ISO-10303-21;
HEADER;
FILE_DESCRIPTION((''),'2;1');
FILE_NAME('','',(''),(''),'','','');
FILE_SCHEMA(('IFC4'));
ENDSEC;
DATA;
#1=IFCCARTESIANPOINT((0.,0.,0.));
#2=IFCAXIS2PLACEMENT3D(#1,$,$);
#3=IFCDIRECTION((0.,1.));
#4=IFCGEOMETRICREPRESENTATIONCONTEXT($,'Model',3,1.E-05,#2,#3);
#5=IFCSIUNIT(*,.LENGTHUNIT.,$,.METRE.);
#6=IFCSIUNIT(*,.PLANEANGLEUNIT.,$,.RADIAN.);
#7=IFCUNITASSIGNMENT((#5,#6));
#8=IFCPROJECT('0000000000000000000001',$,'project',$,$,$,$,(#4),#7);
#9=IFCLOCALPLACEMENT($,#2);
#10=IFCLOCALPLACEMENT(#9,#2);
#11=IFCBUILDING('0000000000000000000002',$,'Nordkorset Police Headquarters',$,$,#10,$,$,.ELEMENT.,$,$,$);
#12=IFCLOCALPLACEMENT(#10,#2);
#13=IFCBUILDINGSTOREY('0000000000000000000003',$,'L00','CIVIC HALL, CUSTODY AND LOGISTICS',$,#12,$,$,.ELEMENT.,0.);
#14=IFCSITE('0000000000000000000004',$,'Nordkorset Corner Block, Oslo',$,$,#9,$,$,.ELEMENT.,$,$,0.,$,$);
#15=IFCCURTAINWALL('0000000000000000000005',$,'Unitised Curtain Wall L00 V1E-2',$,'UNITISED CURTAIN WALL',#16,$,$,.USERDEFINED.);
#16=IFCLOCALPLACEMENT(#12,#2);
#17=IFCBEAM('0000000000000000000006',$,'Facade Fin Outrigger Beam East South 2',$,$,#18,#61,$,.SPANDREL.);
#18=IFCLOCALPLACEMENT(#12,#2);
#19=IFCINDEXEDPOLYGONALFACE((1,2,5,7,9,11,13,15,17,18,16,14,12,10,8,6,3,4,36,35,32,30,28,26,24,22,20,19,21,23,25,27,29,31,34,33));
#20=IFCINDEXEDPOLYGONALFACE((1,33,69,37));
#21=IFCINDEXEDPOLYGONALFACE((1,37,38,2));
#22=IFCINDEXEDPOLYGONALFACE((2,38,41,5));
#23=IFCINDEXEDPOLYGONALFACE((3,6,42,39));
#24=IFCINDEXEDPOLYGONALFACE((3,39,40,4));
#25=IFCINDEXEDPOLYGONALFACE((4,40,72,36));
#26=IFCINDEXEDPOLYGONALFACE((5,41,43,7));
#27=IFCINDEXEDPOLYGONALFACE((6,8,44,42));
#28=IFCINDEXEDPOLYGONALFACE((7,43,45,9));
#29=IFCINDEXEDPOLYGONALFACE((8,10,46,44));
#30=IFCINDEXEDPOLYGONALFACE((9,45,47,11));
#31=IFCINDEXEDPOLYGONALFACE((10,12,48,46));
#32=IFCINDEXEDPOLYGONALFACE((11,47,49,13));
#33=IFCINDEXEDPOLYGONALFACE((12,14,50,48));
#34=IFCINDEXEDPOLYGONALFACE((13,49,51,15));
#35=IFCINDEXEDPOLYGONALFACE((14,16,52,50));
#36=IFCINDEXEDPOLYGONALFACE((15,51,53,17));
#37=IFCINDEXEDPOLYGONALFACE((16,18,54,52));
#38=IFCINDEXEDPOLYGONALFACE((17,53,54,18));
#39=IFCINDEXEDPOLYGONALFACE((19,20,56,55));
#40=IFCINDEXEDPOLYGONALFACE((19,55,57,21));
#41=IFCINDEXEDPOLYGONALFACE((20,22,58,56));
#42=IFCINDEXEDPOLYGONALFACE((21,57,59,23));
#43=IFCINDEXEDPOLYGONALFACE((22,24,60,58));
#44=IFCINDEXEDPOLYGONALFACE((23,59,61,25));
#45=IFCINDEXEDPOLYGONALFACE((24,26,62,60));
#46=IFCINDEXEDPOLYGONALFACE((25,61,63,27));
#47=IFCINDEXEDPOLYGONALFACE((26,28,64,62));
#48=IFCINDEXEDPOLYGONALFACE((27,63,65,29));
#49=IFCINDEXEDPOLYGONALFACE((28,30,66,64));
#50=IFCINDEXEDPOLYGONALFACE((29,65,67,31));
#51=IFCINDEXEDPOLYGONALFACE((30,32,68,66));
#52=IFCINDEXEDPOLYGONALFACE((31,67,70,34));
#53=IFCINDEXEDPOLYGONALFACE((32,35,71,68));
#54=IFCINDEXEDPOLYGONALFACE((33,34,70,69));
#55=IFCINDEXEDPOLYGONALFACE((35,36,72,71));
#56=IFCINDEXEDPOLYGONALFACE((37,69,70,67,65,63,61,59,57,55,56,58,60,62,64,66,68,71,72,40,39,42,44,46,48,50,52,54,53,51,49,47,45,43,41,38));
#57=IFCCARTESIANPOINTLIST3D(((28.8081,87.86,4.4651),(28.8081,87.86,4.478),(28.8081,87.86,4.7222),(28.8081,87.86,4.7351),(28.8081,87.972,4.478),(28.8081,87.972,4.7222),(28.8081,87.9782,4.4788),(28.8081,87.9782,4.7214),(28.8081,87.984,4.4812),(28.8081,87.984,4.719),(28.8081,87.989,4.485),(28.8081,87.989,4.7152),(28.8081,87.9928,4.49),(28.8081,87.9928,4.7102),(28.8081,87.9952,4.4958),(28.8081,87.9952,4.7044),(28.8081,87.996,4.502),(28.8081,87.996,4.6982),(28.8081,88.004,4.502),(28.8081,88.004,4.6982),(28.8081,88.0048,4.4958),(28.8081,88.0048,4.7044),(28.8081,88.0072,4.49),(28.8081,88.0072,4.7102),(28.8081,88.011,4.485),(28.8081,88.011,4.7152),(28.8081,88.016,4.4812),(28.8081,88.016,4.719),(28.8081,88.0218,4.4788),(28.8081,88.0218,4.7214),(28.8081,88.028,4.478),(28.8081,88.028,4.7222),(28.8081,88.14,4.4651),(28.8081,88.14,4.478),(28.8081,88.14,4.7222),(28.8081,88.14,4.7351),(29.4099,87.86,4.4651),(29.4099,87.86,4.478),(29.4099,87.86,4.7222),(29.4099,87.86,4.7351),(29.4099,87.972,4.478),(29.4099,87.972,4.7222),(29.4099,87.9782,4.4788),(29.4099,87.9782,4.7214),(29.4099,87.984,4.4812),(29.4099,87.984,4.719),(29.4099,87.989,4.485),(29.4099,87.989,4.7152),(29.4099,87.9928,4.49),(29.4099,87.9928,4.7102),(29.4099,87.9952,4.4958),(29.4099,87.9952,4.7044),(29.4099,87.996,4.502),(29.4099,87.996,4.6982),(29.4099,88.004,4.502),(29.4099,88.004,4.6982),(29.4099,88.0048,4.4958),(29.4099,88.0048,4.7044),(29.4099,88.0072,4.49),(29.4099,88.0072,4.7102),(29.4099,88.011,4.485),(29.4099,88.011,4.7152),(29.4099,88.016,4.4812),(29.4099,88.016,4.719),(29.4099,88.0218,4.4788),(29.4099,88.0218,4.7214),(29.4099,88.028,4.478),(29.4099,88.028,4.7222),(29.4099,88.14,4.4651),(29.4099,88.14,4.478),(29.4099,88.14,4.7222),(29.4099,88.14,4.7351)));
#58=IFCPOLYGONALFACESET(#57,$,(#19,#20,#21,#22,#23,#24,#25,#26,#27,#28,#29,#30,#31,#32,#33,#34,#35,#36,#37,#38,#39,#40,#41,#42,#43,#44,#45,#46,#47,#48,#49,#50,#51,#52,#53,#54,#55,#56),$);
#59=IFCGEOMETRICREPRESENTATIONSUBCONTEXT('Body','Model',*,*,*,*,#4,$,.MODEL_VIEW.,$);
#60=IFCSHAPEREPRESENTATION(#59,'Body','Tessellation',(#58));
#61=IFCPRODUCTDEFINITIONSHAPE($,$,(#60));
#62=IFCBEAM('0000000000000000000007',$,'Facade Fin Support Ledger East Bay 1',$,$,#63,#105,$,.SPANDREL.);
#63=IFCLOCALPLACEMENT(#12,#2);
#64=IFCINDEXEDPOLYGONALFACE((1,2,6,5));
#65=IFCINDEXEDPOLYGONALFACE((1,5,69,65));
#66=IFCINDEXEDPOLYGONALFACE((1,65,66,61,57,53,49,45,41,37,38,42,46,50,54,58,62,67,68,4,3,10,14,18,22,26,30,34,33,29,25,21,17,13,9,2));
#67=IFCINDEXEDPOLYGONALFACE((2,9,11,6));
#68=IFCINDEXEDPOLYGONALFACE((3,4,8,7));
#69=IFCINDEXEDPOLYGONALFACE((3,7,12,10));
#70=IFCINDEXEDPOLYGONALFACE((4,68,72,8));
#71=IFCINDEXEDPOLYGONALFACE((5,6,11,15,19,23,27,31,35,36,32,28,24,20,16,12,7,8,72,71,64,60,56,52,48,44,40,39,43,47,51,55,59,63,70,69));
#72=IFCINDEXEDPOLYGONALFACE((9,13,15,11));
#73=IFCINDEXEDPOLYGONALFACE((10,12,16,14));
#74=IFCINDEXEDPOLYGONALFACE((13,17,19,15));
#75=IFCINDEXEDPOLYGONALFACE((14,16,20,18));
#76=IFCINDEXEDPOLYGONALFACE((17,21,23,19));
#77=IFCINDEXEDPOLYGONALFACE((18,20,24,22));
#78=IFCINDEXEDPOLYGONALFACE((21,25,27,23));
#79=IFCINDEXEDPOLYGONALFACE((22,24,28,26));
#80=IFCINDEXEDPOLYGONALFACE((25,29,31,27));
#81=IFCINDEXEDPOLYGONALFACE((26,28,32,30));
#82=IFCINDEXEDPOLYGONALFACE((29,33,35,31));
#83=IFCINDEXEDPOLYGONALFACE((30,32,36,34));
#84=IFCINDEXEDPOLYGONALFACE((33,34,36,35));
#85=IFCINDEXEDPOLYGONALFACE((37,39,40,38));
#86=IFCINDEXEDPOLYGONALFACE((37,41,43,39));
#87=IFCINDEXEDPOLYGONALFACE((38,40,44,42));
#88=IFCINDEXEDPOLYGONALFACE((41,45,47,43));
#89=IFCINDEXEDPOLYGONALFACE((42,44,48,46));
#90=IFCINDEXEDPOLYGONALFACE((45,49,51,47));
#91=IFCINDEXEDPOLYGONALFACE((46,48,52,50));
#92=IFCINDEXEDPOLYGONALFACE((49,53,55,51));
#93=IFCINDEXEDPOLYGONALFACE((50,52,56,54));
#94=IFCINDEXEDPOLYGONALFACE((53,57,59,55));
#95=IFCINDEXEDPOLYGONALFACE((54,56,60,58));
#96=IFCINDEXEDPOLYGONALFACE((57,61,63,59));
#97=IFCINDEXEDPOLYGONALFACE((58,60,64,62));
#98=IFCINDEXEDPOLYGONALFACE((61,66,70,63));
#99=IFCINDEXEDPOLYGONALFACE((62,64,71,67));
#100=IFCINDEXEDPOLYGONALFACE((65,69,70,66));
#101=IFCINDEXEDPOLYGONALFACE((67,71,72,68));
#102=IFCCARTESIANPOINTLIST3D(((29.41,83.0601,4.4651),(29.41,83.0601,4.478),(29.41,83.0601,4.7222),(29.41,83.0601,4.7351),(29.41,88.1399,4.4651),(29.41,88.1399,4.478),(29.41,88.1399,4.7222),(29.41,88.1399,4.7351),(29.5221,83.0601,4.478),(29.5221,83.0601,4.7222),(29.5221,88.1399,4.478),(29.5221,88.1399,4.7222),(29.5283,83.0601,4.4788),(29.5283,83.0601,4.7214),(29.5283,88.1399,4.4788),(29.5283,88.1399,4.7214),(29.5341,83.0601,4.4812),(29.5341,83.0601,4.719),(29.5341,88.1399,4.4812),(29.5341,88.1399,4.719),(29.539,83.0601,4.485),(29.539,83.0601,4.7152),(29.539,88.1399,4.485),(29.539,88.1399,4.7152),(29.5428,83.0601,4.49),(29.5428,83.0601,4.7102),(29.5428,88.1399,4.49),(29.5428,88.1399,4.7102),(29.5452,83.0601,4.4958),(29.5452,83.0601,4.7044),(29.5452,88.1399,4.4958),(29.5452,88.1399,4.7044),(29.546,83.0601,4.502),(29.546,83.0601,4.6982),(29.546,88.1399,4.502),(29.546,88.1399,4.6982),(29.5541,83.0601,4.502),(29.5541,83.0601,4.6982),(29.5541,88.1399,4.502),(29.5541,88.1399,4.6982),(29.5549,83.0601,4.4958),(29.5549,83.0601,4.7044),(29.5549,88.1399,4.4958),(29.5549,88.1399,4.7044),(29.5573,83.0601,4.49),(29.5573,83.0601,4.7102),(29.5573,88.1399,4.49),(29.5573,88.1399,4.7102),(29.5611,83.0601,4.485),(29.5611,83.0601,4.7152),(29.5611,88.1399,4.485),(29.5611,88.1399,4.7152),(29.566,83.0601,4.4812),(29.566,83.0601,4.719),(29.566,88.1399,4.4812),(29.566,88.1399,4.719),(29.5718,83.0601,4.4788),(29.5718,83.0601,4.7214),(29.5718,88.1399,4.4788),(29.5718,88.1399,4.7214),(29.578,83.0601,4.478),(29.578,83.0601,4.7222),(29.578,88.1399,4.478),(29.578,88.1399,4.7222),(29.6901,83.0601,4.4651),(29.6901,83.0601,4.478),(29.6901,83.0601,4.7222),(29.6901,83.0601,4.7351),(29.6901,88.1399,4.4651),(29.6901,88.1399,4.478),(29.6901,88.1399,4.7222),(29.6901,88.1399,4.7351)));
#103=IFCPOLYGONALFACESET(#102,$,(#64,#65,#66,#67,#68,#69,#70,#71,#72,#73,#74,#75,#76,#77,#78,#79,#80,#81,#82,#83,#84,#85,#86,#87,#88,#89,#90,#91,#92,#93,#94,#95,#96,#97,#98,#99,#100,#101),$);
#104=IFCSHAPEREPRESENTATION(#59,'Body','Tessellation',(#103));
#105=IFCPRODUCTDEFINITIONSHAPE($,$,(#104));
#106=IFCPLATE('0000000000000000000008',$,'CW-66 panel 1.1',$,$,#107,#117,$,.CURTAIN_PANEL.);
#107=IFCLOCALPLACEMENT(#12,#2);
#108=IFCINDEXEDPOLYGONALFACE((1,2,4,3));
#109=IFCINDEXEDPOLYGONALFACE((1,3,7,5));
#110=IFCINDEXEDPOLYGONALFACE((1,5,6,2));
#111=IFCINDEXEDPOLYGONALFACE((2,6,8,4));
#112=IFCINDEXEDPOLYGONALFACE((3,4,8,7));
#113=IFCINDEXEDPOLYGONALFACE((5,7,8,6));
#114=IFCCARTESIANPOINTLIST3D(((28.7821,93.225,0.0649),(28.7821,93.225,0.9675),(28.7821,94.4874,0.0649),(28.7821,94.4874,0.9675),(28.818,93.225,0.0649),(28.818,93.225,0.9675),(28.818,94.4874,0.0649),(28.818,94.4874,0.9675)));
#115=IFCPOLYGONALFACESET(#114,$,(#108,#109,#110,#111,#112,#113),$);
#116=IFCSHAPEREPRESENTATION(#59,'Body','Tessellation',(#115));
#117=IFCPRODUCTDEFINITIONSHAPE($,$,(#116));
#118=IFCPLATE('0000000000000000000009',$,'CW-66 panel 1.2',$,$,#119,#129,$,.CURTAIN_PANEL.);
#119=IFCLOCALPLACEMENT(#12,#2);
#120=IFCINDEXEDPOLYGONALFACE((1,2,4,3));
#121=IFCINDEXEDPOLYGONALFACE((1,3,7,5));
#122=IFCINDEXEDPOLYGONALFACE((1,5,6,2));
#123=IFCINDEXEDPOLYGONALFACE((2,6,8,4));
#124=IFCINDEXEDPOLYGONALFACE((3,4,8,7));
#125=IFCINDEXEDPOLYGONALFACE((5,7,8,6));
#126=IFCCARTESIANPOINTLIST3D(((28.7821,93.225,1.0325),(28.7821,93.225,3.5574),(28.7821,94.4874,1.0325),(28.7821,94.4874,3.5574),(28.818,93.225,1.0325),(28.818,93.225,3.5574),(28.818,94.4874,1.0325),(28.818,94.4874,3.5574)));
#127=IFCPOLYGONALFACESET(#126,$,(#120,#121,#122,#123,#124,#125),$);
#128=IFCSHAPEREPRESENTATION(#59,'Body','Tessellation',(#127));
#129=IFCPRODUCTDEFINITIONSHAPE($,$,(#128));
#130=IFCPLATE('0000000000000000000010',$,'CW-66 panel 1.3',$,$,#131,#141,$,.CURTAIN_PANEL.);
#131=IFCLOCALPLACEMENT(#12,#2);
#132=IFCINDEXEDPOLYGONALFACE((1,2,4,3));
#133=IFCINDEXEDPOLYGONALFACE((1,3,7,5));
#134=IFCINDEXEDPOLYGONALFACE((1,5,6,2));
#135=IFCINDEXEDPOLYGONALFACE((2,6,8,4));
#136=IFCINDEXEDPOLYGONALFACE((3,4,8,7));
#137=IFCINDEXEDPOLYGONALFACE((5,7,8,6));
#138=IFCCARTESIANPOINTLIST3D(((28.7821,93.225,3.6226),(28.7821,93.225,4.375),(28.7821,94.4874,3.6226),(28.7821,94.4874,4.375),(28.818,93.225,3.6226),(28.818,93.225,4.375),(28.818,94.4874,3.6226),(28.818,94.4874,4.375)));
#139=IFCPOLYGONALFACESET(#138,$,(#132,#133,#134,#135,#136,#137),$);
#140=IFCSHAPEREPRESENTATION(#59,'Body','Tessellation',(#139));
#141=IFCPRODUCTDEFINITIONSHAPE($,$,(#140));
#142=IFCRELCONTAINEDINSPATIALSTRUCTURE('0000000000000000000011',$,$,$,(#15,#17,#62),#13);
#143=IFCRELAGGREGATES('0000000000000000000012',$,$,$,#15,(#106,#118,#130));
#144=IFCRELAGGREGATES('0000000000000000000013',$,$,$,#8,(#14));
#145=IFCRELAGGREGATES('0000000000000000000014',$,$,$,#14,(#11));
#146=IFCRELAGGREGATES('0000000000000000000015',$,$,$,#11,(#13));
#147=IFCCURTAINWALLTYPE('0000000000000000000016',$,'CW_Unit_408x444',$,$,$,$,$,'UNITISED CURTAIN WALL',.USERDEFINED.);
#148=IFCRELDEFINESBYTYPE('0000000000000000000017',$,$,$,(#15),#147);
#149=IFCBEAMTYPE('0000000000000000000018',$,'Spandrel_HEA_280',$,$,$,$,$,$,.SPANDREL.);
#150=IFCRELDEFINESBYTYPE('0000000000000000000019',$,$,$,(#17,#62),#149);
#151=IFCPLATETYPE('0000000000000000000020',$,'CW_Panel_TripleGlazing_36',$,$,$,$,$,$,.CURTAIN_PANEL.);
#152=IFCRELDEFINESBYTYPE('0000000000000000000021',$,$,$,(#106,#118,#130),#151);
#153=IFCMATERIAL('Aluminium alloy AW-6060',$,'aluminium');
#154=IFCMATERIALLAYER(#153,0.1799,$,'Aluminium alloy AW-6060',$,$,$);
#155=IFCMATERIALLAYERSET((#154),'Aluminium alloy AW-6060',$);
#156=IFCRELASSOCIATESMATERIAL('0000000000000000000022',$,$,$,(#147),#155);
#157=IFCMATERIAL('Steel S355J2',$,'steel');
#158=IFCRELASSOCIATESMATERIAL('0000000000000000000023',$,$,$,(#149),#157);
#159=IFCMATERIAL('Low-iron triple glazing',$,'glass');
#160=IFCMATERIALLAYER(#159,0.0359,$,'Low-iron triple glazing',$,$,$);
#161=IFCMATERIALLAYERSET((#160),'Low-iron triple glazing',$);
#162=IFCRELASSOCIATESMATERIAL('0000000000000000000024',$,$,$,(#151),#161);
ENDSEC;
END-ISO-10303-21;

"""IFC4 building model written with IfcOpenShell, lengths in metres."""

from ifc_helpers import new_model, si_unit, direction, frame, origin, origin_2d, place, context, subcontext, project, spatial, rectangle, i_section, extrude, material, layer, layer_set, material_profile, profile_set, type_object, element, aggregate, save


model = new_model("IFC4")

# Units and contexts
model_context = context("Model", 3, precision=1e-05, world=origin(), true_north=direction((0.0, 1.0)))
body_context = subcontext(model_context, "Body", "Model", "MODEL_VIEW")
ifc_project = project(units=[si_unit("LENGTHUNIT", "METRE"), si_unit("PLANEANGLEUNIT", "RADIAN")], contexts=[model_context])

# Site, building, storey
site_placement = place(None, origin())
site = spatial("IfcSite", under=ifc_project, at=site_placement, Name="Nordkorset Corner Block, Oslo", CompositionType="ELEMENT", RefElevation=0.0)
building_placement = place(site_placement, origin())
building = spatial("IfcBuilding", under=site, at=building_placement, Name="Nordkorset Police Headquarters", CompositionType="ELEMENT")
storey_placement = place(building_placement, origin())
storey = spatial("IfcBuildingStorey", under=building, at=storey_placement, Name="L00", Description="CIVIC HALL, CUSTODY AND LOGISTICS", CompositionType="ELEMENT", Elevation=0.0)

# Curtain wall
ifc_material_1 = material(Name="Aluminium alloy AW-6060", Category="aluminium")
ifc_layer_1 = layer(ifc_material_1, 0.1799, Name="Aluminium alloy AW-6060")
ifc_layer_set_1 = layer_set([ifc_layer_1], Name="Aluminium alloy AW-6060")
curtain_wall_type = type_object("IfcCurtainWallType", Name="CW_Unit_408x444", ElementType="UNITISED CURTAIN WALL", PredefinedType="USERDEFINED", material=ifc_layer_set_1)
curtain_wall_placement = place(storey_placement, origin())
curtain_wall = element("IfcCurtainWall", 1, at=curtain_wall_placement, inside=storey, type_object=curtain_wall_type, Name="Unitised Curtain Wall L00 V1E-2", ObjectType="UNITISED CURTAIN WALL", PredefinedType="USERDEFINED")

# Beams
ifc_material_2 = material(Name="Steel S355J2", Category="steel")
ifc_material_profile_1 = material_profile(ifc_material_2, i_section(OverallWidth=0.28, OverallDepth=0.27, WebThickness=0.0081, FlangeThickness=0.0129, FilletRadius=0.0239, at=origin_2d()), Name="HEA 280")
ifc_profile_set_1 = profile_set([ifc_material_profile_1], Name="Steel S355J2")
beam_type_1 = type_object("IfcBeamType", Name="Spandrel_HEA_280", PredefinedType="SPANDREL", material=ifc_profile_set_1)
for number, where, z_axis, x_axis, name in (
    (2, (28.8081, 88.0, 4.6001), (1.0, 0.0, 0.0), (0.0, 1.0, 0.0), "Facade Fin Outrigger Beam East South 2"),
):
    element("IfcBeam", number, at=place(storey_placement, frame(where, z_axis=z_axis, x_axis=x_axis)), inside=storey, type_object=beam_type_1, Name=name, PredefinedType="SPANDREL", context=body_context, shape_type="SweptSolid", body=[
        extrude(i_section(OverallWidth=0.28, OverallDepth=0.27, WebThickness=0.0081, FlangeThickness=0.0129, FilletRadius=0.0239, at=origin_2d()), origin(), (0.0, 0.0, 1.0), 0.6018),
    ])
beam_1_placement = place(storey_placement, frame((29.55, 83.0601, 4.6001), z_axis=(0.0, 1.0, 0.0), x_axis=(-1.0, 0.0, 0.0)))
element("IfcBeam", 3, at=beam_1_placement, inside=storey, type_object=beam_type_1, Name="Facade Fin Support Ledger East Bay 1", PredefinedType="SPANDREL", context=body_context, shape_type="SweptSolid", body=[
    extrude(i_section(OverallWidth=0.28, OverallDepth=0.27, WebThickness=0.0081, FlangeThickness=0.0129, FilletRadius=0.0239, at=origin_2d()), origin(), (0.0, 0.0, 1.0), 5.0798),
])

# Plates
ifc_material_3 = material(Name="Low-iron triple glazing", Category="glass")
ifc_layer_2 = layer(ifc_material_3, 0.0359, Name="Low-iron triple glazing")
ifc_layer_set_2 = layer_set([ifc_layer_2], Name="Low-iron triple glazing")
plate_type = type_object("IfcPlateType", Name="CW_Panel_TripleGlazing_36", PredefinedType="CURTAIN_PANEL", material=ifc_layer_set_2)
plate_1_placement = place(storey_placement, frame((28.8, 93.8562, 0.0649), z_axis=(0.0, 0.0, 1.0), x_axis=(0.0, 1.0, 0.0)))
plate_1 = element("IfcPlate", 4, at=plate_1_placement, type_object=plate_type, Name="CW-66 panel 1.1", PredefinedType="CURTAIN_PANEL", context=body_context, shape_type="SweptSolid", body=[
    extrude(rectangle(XDim=1.2625, YDim=0.0359, at=origin_2d()), origin(), (0.0, 0.0, 1.0), 0.9026),
])
plate_2_placement = place(storey_placement, frame((28.8, 93.8562, 1.0325), z_axis=(0.0, 0.0, 1.0), x_axis=(0.0, 1.0, 0.0)))
plate_2 = element("IfcPlate", 5, at=plate_2_placement, type_object=plate_type, Name="CW-66 panel 1.2", PredefinedType="CURTAIN_PANEL", context=body_context, shape_type="SweptSolid", body=[
    extrude(rectangle(XDim=1.2625, YDim=0.0359, at=origin_2d()), origin(), (0.0, 0.0, 1.0), 2.5249),
])
plate_3_placement = place(storey_placement, frame((28.8, 93.8562, 3.6226), z_axis=(0.0, 0.0, 1.0), x_axis=(0.0, 1.0, 0.0)))
plate_3 = element("IfcPlate", 6, at=plate_3_placement, type_object=plate_type, Name="CW-66 panel 1.3", PredefinedType="CURTAIN_PANEL", context=body_context, shape_type="SweptSolid", body=[
    extrude(rectangle(XDim=1.2625, YDim=0.0359, at=origin_2d()), origin(), (0.0, 0.0, 1.0), 0.7524),
])
aggregate(curtain_wall, [plate_1, plate_2, plate_3])

save(model, "model.ifc")
